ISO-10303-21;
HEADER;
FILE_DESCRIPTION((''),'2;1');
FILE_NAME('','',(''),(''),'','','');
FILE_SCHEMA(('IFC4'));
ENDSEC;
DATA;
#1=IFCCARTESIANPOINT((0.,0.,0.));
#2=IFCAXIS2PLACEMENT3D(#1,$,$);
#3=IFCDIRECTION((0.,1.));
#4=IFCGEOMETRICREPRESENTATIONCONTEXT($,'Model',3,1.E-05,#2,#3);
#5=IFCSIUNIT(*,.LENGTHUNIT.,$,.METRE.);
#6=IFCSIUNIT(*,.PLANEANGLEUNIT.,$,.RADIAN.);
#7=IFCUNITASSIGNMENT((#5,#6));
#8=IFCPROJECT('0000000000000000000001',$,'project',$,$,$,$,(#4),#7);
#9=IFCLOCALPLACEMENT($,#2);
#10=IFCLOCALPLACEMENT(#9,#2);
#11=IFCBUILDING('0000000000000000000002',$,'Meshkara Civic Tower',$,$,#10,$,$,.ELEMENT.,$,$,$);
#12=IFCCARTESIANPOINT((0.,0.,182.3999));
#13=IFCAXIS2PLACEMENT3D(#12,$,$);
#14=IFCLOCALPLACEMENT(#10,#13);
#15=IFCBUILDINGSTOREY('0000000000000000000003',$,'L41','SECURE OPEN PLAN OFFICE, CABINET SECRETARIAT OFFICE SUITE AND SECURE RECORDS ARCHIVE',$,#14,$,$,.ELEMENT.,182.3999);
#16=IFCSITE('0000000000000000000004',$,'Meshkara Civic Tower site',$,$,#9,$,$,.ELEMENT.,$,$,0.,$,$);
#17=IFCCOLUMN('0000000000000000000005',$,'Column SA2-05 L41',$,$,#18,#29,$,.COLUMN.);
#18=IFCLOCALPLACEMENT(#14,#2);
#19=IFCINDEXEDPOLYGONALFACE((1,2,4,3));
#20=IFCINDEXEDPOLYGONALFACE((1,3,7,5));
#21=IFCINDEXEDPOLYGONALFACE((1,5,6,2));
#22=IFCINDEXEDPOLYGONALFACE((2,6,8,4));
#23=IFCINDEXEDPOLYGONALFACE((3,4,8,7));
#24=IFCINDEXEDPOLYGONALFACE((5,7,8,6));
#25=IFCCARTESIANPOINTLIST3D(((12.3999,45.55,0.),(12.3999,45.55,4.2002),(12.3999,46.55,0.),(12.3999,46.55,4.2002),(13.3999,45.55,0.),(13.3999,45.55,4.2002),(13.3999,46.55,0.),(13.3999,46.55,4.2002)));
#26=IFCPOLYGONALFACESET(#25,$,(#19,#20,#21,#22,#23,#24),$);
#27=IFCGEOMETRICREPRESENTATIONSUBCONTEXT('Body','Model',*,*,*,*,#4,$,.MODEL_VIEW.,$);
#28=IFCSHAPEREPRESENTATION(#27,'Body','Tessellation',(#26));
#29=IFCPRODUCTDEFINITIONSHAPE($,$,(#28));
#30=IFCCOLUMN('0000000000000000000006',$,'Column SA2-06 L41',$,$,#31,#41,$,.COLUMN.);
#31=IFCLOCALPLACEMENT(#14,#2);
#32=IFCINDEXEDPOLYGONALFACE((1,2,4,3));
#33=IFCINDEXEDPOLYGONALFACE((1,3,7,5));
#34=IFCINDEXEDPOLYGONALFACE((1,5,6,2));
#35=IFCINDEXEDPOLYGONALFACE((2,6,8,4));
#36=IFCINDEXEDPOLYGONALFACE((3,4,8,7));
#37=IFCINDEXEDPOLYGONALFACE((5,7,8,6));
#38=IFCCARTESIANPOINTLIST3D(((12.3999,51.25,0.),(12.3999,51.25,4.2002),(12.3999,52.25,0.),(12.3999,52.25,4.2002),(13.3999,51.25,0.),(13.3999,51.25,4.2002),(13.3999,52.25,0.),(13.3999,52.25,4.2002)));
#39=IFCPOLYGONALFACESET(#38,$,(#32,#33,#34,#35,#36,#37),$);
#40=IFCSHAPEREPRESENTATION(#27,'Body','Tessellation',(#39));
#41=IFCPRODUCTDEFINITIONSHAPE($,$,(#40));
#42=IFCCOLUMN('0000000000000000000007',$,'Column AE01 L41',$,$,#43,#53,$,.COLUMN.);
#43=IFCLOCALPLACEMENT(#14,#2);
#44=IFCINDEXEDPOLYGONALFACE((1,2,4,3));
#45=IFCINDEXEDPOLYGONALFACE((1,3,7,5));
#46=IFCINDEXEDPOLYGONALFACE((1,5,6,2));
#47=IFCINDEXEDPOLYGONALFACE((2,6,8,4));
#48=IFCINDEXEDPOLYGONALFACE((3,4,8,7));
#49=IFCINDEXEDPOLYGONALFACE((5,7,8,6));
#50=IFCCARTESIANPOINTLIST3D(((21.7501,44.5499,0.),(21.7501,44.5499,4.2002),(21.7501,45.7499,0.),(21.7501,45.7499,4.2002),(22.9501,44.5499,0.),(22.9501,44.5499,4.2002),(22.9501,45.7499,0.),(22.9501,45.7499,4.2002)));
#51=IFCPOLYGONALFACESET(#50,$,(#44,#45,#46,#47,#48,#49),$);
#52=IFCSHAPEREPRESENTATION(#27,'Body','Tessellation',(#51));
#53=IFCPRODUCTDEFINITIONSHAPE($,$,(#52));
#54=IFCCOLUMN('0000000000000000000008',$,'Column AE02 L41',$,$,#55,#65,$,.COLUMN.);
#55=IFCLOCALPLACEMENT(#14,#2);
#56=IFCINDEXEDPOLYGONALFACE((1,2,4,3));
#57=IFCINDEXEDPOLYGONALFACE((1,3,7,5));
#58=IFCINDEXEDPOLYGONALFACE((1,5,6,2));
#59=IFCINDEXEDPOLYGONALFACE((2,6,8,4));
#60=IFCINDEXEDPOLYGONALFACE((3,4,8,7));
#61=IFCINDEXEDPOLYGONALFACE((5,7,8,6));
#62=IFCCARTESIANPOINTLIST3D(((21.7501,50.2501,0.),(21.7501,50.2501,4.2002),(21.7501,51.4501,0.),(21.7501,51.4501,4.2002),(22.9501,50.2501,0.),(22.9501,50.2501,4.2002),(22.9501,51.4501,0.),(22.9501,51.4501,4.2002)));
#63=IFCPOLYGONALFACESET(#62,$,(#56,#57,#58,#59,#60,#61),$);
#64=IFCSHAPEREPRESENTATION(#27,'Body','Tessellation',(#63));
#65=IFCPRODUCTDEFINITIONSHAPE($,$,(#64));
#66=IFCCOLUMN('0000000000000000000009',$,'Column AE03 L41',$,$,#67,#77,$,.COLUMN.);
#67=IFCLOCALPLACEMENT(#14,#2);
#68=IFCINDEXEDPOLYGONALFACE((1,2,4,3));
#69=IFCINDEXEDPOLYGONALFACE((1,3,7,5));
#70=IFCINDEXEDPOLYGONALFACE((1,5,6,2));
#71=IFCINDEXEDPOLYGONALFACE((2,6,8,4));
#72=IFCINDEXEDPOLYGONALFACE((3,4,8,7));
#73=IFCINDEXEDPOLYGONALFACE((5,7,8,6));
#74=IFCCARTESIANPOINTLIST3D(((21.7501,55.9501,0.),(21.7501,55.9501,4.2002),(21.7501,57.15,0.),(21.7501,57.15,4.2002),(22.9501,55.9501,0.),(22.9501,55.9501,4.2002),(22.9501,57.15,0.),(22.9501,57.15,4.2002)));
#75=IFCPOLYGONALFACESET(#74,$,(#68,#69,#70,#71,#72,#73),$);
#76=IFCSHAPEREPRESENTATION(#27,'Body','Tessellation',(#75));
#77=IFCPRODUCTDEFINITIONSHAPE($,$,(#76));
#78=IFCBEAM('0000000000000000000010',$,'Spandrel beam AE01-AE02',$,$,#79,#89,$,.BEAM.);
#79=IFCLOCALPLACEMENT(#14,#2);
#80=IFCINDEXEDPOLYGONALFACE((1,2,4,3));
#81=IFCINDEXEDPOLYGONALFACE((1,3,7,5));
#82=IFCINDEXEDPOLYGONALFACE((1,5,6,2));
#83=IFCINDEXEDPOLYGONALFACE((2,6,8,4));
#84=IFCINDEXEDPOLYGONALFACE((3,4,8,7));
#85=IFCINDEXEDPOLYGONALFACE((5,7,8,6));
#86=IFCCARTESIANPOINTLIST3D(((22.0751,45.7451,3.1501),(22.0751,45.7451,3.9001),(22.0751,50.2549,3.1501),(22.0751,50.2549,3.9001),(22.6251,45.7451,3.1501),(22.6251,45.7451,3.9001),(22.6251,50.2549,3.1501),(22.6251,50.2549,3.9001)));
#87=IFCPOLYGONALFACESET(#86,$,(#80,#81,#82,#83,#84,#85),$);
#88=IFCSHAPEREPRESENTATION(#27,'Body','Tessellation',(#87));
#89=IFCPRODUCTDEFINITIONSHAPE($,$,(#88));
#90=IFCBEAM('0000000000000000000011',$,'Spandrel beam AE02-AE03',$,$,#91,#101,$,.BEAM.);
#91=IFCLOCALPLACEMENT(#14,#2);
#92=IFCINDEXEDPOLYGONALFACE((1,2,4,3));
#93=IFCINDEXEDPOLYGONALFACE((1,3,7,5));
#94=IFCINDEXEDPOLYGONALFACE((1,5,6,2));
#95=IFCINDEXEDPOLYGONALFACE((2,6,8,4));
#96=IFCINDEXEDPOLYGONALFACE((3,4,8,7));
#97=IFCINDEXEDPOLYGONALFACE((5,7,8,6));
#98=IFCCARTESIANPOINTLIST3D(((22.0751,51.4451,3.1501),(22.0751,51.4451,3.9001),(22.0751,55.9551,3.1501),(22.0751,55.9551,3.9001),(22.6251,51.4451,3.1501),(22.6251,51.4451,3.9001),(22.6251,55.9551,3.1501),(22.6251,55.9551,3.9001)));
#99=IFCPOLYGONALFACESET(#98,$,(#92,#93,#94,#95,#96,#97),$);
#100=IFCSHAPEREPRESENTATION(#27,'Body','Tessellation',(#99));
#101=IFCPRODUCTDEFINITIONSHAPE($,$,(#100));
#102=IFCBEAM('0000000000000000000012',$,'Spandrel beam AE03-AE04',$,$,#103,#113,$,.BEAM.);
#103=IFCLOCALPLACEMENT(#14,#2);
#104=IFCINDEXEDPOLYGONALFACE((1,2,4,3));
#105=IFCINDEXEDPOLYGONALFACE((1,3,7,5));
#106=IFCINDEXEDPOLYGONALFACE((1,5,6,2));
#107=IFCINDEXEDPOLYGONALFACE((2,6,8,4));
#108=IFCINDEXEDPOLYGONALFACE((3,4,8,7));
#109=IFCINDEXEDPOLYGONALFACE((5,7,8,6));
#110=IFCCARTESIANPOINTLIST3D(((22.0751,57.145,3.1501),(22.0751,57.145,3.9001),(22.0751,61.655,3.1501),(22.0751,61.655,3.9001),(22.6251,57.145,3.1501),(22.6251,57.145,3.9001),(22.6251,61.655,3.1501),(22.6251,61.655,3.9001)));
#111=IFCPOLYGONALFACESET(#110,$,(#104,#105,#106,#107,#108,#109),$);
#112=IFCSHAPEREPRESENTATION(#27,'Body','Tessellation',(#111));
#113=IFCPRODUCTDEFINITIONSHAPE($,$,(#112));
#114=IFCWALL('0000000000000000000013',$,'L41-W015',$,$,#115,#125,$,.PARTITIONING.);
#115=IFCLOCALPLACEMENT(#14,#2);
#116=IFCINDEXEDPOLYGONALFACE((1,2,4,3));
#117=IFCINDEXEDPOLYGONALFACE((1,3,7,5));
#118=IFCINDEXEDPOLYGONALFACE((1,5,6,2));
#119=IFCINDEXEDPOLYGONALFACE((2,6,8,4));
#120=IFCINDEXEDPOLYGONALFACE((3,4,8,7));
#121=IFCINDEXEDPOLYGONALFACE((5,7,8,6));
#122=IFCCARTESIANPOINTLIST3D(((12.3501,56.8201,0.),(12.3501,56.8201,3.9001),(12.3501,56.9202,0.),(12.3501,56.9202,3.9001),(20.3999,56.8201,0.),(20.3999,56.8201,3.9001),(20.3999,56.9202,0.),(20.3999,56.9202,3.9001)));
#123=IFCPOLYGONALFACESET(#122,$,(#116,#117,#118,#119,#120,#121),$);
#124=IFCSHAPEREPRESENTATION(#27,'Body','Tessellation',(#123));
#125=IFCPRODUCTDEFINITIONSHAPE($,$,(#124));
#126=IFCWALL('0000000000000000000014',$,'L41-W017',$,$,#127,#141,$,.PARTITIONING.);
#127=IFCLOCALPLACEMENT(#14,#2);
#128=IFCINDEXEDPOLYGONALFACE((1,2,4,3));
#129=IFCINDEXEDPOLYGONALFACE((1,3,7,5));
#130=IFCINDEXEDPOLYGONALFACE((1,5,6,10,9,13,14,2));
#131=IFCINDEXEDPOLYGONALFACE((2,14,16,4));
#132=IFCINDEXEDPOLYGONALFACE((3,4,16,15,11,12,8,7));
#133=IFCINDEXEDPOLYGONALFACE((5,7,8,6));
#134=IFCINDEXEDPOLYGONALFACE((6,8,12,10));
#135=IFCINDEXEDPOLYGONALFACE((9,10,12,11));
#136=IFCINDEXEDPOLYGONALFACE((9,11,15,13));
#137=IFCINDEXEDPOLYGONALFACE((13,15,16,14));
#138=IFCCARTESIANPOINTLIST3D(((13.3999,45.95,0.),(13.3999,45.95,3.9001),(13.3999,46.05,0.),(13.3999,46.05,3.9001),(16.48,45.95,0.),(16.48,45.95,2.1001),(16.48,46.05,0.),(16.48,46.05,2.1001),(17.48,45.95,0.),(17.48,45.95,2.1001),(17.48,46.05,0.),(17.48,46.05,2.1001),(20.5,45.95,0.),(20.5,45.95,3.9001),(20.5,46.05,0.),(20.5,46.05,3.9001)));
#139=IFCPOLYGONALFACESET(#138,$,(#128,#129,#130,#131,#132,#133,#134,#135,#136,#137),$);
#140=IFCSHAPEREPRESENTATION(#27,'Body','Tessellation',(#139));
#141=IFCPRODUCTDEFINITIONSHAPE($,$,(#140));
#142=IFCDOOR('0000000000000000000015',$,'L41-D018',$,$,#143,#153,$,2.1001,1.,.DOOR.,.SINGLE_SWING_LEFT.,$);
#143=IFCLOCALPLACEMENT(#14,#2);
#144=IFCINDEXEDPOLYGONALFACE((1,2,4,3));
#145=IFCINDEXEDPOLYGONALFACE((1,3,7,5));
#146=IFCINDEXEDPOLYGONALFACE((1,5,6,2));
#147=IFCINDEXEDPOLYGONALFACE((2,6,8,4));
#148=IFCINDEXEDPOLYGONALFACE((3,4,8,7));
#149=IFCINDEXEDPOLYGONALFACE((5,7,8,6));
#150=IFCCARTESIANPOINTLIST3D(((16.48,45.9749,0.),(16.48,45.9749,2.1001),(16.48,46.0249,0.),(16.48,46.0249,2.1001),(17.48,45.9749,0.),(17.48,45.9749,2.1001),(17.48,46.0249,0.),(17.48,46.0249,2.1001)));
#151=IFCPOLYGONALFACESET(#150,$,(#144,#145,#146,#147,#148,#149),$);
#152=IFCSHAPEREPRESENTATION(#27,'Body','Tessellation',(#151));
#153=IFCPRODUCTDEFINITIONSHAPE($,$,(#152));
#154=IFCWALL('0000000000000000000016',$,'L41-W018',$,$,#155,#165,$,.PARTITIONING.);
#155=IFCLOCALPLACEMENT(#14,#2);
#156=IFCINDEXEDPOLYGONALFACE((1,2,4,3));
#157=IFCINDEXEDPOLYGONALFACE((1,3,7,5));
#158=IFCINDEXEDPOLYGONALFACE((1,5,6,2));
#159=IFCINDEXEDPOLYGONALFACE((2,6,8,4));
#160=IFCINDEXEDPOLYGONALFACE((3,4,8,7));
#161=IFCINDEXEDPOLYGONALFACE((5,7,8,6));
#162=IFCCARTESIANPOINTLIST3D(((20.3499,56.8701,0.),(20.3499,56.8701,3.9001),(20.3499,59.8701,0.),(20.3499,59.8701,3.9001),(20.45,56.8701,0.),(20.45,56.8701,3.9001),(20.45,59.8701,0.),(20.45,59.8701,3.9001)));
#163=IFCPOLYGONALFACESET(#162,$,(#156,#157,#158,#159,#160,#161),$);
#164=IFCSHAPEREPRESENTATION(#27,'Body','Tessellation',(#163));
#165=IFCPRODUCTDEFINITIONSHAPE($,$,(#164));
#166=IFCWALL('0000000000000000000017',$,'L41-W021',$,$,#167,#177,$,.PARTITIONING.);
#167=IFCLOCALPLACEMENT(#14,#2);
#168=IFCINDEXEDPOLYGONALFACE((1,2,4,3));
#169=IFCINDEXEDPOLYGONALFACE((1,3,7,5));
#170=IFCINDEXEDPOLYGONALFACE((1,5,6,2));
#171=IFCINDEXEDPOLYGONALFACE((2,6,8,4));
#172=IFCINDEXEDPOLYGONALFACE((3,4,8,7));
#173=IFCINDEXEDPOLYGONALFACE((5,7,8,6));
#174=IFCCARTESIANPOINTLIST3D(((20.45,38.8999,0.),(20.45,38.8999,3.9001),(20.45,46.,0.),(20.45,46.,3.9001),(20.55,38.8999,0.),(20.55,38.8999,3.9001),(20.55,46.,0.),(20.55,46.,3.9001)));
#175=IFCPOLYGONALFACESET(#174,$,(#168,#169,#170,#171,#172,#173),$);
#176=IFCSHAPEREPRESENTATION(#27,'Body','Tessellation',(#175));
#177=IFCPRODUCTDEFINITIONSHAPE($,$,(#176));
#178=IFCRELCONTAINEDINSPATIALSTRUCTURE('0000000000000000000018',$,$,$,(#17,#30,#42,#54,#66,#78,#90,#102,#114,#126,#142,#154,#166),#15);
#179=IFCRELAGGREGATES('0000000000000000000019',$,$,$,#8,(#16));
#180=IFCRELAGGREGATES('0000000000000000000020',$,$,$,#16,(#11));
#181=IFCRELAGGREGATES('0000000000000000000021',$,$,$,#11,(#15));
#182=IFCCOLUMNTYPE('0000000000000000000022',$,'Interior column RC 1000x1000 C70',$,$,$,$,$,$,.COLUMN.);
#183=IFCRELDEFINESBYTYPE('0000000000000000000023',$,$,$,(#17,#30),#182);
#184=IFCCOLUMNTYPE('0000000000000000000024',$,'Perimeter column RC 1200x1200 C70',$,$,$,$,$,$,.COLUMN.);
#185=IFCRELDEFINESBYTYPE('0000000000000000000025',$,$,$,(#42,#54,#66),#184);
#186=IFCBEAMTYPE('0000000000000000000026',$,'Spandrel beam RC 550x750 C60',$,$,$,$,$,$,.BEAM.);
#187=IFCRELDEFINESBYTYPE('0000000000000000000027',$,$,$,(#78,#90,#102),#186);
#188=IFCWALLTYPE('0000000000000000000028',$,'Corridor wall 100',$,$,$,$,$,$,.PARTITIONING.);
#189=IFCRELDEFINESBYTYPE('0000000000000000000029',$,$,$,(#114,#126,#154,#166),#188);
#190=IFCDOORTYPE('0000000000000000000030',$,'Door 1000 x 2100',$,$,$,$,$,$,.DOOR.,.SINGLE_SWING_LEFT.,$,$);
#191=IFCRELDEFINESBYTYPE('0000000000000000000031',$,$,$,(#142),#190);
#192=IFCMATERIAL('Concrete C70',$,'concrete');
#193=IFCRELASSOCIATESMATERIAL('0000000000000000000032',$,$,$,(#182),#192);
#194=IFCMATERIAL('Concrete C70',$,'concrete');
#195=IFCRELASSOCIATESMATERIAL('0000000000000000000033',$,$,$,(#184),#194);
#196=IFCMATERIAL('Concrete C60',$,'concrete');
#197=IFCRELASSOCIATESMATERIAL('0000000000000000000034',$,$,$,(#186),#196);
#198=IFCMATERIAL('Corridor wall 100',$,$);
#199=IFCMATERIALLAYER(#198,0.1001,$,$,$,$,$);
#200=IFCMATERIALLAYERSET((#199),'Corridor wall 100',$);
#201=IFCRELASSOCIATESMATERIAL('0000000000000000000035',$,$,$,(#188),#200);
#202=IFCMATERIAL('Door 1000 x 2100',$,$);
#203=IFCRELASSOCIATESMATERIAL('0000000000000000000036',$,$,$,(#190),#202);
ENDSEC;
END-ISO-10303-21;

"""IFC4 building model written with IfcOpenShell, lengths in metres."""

from ifc_helpers import new_model, si_unit, direction, frame, frame_2d, origin, origin_2d, place, context, subcontext, project, spatial, rectangle, extrude, material, layer, layer_set, material_profile, profile_set, type_object, element, fill, save


model = new_model("IFC4")

# Units and contexts
model_context = context("Model", 3, precision=1e-05, world=origin(), true_north=direction((0.0, 1.0)))
body_context = subcontext(model_context, "Body", "Model", "MODEL_VIEW")
ifc_project = project(units=[si_unit("LENGTHUNIT", "METRE"), si_unit("PLANEANGLEUNIT", "RADIAN")], contexts=[model_context])

# Site, building, storey
site_placement = place(None, origin())
site = spatial("IfcSite", under=ifc_project, at=site_placement, Name="Meshkara Civic Tower site", CompositionType="ELEMENT", RefElevation=0.0)
building_placement = place(site_placement, origin())
building = spatial("IfcBuilding", under=site, at=building_placement, Name="Meshkara Civic Tower", CompositionType="ELEMENT")
storey_placement = place(building_placement, frame((0.0, 0.0, 182.3999)))
storey = spatial("IfcBuildingStorey", under=building, at=storey_placement, Name="L41", Description="SECURE OPEN PLAN OFFICE, CABINET SECRETARIAT OFFICE SUITE AND SECURE RECORDS ARCHIVE", CompositionType="ELEMENT", Elevation=182.3999)

# Columns
ifc_material_1 = material(Name="Concrete C70", Category="concrete")
ifc_material_profile_1 = material_profile(ifc_material_1, rectangle(XDim=1.0, YDim=1.0, at=origin_2d()))
ifc_profile_set_1 = profile_set([ifc_material_profile_1], Name="Concrete C70")
column_type_1 = type_object("IfcColumnType", Name="Interior column RC 1000x1000 C70", PredefinedType="COLUMN", material=ifc_profile_set_1)
for number, where, z_axis, x_axis, name in (
    (1, (12.8999, 46.05, 0.0), (0.0, 0.0, 1.0), (1.0, 0.0, 0.0), "Column SA2-05 L41"),
    (2, (12.8999, 51.75, 0.0), (0.0, 0.0, 1.0), (1.0, 0.0, 0.0), "Column SA2-06 L41"),
):
    element("IfcColumn", number, at=place(storey_placement, frame(where, z_axis=z_axis, x_axis=x_axis)), inside=storey, type_object=column_type_1, Name=name, PredefinedType="COLUMN", context=body_context, shape_type="SweptSolid", body=[
        extrude(rectangle(XDim=1.0, YDim=1.0, at=origin_2d()), origin(), (0.0, 0.0, 1.0), 4.2002),
    ])
ifc_material_2 = material(Name="Concrete C70", Category="concrete")
ifc_material_profile_2 = material_profile(ifc_material_2, rectangle(XDim=1.2, YDim=1.2, at=origin_2d()))
ifc_profile_set_2 = profile_set([ifc_material_profile_2], Name="Concrete C70")
column_type_2 = type_object("IfcColumnType", Name="Perimeter column RC 1200x1200 C70", PredefinedType="COLUMN", material=ifc_profile_set_2)
for number, where, z_axis, x_axis, name in (
    (3, (22.3501, 45.1499, 0.0), (0.0, 0.0, 1.0), (1.0, 0.0, 0.0), "Column AE01 L41"),
    (4, (22.3501, 50.8501, 0.0), (0.0, 0.0, 1.0), (1.0, 0.0, 0.0), "Column AE02 L41"),
    (5, (22.3501, 56.55, 0.0), (0.0, 0.0, 1.0), (1.0, 0.0, 0.0), "Column AE03 L41"),
):
    element("IfcColumn", number, at=place(storey_placement, frame(where, z_axis=z_axis, x_axis=x_axis)), inside=storey, type_object=column_type_2, Name=name, PredefinedType="COLUMN", context=body_context, shape_type="SweptSolid", body=[
        extrude(rectangle(XDim=1.2, YDim=1.2, at=origin_2d()), origin(), (0.0, 0.0, 1.0), 4.2002),
    ])

# Beams
ifc_material_3 = material(Name="Concrete C60", Category="concrete")
ifc_material_profile_3 = material_profile(ifc_material_3, rectangle(XDim=0.55, YDim=0.75, at=origin_2d()))
ifc_profile_set_3 = profile_set([ifc_material_profile_3], Name="Concrete C60")
beam_type = type_object("IfcBeamType", Name="Spandrel beam RC 550x750 C60", PredefinedType="BEAM", material=ifc_profile_set_3)
beam_placement = place(storey_placement, frame((22.3501, 45.7451, 3.5251), z_axis=(0.0, 1.0, 0.0), x_axis=(-1.0, 0.0, 0.0)))
element("IfcBeam", 6, at=beam_placement, inside=storey, type_object=beam_type, Name="Spandrel beam AE01-AE02", PredefinedType="BEAM", context=body_context, shape_type="SweptSolid", body=[
    extrude(rectangle(XDim=0.55, YDim=0.75, at=origin_2d()), origin(), (0.0, 0.0, 1.0), 4.5098),
])
for number, where, z_axis, x_axis, name in (
    (7, (22.3501, 51.4451, 3.5251), (0.0, 1.0, 0.0), (-1.0, 0.0, 0.0), "Spandrel beam AE02-AE03"),
    (8, (22.3501, 57.145, 3.5251), (0.0, 1.0, 0.0), (-1.0, 0.0, 0.0), "Spandrel beam AE03-AE04"),
):
    element("IfcBeam", number, at=place(storey_placement, frame(where, z_axis=z_axis, x_axis=x_axis)), inside=storey, type_object=beam_type, Name=name, PredefinedType="BEAM", context=body_context, shape_type="SweptSolid", body=[
        extrude(rectangle(XDim=0.55, YDim=0.75, at=origin_2d()), origin(), (0.0, 0.0, 1.0), 4.51),
    ])

# Wall
ifc_material_4 = material(Name="Corridor wall 100")
ifc_layer_1 = layer(ifc_material_4, 0.1001)
ifc_layer_set_1 = layer_set([ifc_layer_1], Name="Corridor wall 100")
wall_type_1 = type_object("IfcWallType", Name="Corridor wall 100", PredefinedType="PARTITIONING", material=ifc_layer_set_1)
wall_1_placement = place(storey_placement, frame((12.3501, 56.8701, 0.0), z_axis=(0.0, 0.0, 1.0), x_axis=(1.0, 0.0, 0.0)))
element("IfcWall", 9, at=wall_1_placement, inside=storey, type_object=wall_type_1, Name="L41-W015", PredefinedType="PARTITIONING", context=body_context, shape_type="SweptSolid", body=[
    extrude(rectangle(XDim=8.0498, YDim=0.1001, at=frame_2d((4.0249, 0.0))), origin(), (0.0, 0.0, 1.0), 3.9001),
])

# Wall, opening, door
wall_2_placement = place(storey_placement, frame((13.3999, 46.0, 0.0), z_axis=(0.0, 0.0, 1.0), x_axis=(1.0, 0.0, 0.0)))
wall_2 = element("IfcWall", 10, at=wall_2_placement, inside=storey, type_object=wall_type_1, Name="L41-W017", PredefinedType="PARTITIONING", context=body_context, shape_type="SweptSolid", body=[
    extrude(rectangle(XDim=7.1001, YDim=0.1001, at=frame_2d((3.55, 0.0))), origin(), (0.0, 0.0, 1.0), 3.9001),
])
opening_1_placement = place(wall_2_placement, frame((3.0801, 0.0, 0.0)))
opening_1 = element("IfcOpeningElement", 11, at=opening_1_placement, cuts=wall_2, PredefinedType="OPENING", context=body_context, shape_type="SweptSolid", body=[
    extrude(rectangle(XDim=1.0, YDim=2.1001, at=frame_2d((0.5, 1.05))), frame((0.0, 0.0601, 0.0), z_axis=(0.0, -1.0, 0.0), x_axis=(1.0, 0.0, 0.0)), (0.0, 0.0, 1.0), 0.1201),
])
ifc_material_5 = material(Name="Door 1000 x 2100")
door_type = type_object("IfcDoorType", Name="Door 1000 x 2100", OperationType="SINGLE_SWING_LEFT", PredefinedType="DOOR", material=ifc_material_5)
door_1_placement = place(opening_1_placement, origin())
door_1 = element("IfcDoor", 12, at=door_1_placement, inside=storey, type_object=door_type, Name="L41-D018", OperationType="SINGLE_SWING_LEFT", OverallHeight=2.1001, OverallWidth=1.0, PredefinedType="DOOR", context=body_context, shape_type="SweptSolid", body=[
    extrude(rectangle(XDim=1.0, YDim=2.1001, at=frame_2d((0.5, 1.05))), frame((0.0, 0.0249, 0.0), z_axis=(0.0, -1.0, 0.0), x_axis=(1.0, 0.0, 0.0)), (0.0, 0.0, 1.0), 0.05),
])
fill(opening_1, door_1)

# Walls
wall_3_placement = place(storey_placement, frame((20.3999, 56.8701, 0.0), z_axis=(0.0, 0.0, 1.0), x_axis=(0.0, 1.0, 0.0)))
element("IfcWall", 13, at=wall_3_placement, inside=storey, type_object=wall_type_1, Name="L41-W018", PredefinedType="PARTITIONING", context=body_context, shape_type="SweptSolid", body=[
    extrude(rectangle(XDim=3.0, YDim=0.1001, at=frame_2d((1.5, 0.0))), origin(), (0.0, 0.0, 1.0), 3.9001),
])
wall_4_placement = place(storey_placement, frame((20.5, 46.0, 0.0), z_axis=(0.0, 0.0, 1.0), x_axis=(0.0, -1.0, 0.0)))
element("IfcWall", 14, at=wall_4_placement, inside=storey, type_object=wall_type_1, Name="L41-W021", PredefinedType="PARTITIONING", context=body_context, shape_type="SweptSolid", body=[
    extrude(rectangle(XDim=7.1001, YDim=0.1001, at=frame_2d((3.55, 0.0))), origin(), (0.0, 0.0, 1.0), 3.9001),
])

save(model, "model.ifc")
